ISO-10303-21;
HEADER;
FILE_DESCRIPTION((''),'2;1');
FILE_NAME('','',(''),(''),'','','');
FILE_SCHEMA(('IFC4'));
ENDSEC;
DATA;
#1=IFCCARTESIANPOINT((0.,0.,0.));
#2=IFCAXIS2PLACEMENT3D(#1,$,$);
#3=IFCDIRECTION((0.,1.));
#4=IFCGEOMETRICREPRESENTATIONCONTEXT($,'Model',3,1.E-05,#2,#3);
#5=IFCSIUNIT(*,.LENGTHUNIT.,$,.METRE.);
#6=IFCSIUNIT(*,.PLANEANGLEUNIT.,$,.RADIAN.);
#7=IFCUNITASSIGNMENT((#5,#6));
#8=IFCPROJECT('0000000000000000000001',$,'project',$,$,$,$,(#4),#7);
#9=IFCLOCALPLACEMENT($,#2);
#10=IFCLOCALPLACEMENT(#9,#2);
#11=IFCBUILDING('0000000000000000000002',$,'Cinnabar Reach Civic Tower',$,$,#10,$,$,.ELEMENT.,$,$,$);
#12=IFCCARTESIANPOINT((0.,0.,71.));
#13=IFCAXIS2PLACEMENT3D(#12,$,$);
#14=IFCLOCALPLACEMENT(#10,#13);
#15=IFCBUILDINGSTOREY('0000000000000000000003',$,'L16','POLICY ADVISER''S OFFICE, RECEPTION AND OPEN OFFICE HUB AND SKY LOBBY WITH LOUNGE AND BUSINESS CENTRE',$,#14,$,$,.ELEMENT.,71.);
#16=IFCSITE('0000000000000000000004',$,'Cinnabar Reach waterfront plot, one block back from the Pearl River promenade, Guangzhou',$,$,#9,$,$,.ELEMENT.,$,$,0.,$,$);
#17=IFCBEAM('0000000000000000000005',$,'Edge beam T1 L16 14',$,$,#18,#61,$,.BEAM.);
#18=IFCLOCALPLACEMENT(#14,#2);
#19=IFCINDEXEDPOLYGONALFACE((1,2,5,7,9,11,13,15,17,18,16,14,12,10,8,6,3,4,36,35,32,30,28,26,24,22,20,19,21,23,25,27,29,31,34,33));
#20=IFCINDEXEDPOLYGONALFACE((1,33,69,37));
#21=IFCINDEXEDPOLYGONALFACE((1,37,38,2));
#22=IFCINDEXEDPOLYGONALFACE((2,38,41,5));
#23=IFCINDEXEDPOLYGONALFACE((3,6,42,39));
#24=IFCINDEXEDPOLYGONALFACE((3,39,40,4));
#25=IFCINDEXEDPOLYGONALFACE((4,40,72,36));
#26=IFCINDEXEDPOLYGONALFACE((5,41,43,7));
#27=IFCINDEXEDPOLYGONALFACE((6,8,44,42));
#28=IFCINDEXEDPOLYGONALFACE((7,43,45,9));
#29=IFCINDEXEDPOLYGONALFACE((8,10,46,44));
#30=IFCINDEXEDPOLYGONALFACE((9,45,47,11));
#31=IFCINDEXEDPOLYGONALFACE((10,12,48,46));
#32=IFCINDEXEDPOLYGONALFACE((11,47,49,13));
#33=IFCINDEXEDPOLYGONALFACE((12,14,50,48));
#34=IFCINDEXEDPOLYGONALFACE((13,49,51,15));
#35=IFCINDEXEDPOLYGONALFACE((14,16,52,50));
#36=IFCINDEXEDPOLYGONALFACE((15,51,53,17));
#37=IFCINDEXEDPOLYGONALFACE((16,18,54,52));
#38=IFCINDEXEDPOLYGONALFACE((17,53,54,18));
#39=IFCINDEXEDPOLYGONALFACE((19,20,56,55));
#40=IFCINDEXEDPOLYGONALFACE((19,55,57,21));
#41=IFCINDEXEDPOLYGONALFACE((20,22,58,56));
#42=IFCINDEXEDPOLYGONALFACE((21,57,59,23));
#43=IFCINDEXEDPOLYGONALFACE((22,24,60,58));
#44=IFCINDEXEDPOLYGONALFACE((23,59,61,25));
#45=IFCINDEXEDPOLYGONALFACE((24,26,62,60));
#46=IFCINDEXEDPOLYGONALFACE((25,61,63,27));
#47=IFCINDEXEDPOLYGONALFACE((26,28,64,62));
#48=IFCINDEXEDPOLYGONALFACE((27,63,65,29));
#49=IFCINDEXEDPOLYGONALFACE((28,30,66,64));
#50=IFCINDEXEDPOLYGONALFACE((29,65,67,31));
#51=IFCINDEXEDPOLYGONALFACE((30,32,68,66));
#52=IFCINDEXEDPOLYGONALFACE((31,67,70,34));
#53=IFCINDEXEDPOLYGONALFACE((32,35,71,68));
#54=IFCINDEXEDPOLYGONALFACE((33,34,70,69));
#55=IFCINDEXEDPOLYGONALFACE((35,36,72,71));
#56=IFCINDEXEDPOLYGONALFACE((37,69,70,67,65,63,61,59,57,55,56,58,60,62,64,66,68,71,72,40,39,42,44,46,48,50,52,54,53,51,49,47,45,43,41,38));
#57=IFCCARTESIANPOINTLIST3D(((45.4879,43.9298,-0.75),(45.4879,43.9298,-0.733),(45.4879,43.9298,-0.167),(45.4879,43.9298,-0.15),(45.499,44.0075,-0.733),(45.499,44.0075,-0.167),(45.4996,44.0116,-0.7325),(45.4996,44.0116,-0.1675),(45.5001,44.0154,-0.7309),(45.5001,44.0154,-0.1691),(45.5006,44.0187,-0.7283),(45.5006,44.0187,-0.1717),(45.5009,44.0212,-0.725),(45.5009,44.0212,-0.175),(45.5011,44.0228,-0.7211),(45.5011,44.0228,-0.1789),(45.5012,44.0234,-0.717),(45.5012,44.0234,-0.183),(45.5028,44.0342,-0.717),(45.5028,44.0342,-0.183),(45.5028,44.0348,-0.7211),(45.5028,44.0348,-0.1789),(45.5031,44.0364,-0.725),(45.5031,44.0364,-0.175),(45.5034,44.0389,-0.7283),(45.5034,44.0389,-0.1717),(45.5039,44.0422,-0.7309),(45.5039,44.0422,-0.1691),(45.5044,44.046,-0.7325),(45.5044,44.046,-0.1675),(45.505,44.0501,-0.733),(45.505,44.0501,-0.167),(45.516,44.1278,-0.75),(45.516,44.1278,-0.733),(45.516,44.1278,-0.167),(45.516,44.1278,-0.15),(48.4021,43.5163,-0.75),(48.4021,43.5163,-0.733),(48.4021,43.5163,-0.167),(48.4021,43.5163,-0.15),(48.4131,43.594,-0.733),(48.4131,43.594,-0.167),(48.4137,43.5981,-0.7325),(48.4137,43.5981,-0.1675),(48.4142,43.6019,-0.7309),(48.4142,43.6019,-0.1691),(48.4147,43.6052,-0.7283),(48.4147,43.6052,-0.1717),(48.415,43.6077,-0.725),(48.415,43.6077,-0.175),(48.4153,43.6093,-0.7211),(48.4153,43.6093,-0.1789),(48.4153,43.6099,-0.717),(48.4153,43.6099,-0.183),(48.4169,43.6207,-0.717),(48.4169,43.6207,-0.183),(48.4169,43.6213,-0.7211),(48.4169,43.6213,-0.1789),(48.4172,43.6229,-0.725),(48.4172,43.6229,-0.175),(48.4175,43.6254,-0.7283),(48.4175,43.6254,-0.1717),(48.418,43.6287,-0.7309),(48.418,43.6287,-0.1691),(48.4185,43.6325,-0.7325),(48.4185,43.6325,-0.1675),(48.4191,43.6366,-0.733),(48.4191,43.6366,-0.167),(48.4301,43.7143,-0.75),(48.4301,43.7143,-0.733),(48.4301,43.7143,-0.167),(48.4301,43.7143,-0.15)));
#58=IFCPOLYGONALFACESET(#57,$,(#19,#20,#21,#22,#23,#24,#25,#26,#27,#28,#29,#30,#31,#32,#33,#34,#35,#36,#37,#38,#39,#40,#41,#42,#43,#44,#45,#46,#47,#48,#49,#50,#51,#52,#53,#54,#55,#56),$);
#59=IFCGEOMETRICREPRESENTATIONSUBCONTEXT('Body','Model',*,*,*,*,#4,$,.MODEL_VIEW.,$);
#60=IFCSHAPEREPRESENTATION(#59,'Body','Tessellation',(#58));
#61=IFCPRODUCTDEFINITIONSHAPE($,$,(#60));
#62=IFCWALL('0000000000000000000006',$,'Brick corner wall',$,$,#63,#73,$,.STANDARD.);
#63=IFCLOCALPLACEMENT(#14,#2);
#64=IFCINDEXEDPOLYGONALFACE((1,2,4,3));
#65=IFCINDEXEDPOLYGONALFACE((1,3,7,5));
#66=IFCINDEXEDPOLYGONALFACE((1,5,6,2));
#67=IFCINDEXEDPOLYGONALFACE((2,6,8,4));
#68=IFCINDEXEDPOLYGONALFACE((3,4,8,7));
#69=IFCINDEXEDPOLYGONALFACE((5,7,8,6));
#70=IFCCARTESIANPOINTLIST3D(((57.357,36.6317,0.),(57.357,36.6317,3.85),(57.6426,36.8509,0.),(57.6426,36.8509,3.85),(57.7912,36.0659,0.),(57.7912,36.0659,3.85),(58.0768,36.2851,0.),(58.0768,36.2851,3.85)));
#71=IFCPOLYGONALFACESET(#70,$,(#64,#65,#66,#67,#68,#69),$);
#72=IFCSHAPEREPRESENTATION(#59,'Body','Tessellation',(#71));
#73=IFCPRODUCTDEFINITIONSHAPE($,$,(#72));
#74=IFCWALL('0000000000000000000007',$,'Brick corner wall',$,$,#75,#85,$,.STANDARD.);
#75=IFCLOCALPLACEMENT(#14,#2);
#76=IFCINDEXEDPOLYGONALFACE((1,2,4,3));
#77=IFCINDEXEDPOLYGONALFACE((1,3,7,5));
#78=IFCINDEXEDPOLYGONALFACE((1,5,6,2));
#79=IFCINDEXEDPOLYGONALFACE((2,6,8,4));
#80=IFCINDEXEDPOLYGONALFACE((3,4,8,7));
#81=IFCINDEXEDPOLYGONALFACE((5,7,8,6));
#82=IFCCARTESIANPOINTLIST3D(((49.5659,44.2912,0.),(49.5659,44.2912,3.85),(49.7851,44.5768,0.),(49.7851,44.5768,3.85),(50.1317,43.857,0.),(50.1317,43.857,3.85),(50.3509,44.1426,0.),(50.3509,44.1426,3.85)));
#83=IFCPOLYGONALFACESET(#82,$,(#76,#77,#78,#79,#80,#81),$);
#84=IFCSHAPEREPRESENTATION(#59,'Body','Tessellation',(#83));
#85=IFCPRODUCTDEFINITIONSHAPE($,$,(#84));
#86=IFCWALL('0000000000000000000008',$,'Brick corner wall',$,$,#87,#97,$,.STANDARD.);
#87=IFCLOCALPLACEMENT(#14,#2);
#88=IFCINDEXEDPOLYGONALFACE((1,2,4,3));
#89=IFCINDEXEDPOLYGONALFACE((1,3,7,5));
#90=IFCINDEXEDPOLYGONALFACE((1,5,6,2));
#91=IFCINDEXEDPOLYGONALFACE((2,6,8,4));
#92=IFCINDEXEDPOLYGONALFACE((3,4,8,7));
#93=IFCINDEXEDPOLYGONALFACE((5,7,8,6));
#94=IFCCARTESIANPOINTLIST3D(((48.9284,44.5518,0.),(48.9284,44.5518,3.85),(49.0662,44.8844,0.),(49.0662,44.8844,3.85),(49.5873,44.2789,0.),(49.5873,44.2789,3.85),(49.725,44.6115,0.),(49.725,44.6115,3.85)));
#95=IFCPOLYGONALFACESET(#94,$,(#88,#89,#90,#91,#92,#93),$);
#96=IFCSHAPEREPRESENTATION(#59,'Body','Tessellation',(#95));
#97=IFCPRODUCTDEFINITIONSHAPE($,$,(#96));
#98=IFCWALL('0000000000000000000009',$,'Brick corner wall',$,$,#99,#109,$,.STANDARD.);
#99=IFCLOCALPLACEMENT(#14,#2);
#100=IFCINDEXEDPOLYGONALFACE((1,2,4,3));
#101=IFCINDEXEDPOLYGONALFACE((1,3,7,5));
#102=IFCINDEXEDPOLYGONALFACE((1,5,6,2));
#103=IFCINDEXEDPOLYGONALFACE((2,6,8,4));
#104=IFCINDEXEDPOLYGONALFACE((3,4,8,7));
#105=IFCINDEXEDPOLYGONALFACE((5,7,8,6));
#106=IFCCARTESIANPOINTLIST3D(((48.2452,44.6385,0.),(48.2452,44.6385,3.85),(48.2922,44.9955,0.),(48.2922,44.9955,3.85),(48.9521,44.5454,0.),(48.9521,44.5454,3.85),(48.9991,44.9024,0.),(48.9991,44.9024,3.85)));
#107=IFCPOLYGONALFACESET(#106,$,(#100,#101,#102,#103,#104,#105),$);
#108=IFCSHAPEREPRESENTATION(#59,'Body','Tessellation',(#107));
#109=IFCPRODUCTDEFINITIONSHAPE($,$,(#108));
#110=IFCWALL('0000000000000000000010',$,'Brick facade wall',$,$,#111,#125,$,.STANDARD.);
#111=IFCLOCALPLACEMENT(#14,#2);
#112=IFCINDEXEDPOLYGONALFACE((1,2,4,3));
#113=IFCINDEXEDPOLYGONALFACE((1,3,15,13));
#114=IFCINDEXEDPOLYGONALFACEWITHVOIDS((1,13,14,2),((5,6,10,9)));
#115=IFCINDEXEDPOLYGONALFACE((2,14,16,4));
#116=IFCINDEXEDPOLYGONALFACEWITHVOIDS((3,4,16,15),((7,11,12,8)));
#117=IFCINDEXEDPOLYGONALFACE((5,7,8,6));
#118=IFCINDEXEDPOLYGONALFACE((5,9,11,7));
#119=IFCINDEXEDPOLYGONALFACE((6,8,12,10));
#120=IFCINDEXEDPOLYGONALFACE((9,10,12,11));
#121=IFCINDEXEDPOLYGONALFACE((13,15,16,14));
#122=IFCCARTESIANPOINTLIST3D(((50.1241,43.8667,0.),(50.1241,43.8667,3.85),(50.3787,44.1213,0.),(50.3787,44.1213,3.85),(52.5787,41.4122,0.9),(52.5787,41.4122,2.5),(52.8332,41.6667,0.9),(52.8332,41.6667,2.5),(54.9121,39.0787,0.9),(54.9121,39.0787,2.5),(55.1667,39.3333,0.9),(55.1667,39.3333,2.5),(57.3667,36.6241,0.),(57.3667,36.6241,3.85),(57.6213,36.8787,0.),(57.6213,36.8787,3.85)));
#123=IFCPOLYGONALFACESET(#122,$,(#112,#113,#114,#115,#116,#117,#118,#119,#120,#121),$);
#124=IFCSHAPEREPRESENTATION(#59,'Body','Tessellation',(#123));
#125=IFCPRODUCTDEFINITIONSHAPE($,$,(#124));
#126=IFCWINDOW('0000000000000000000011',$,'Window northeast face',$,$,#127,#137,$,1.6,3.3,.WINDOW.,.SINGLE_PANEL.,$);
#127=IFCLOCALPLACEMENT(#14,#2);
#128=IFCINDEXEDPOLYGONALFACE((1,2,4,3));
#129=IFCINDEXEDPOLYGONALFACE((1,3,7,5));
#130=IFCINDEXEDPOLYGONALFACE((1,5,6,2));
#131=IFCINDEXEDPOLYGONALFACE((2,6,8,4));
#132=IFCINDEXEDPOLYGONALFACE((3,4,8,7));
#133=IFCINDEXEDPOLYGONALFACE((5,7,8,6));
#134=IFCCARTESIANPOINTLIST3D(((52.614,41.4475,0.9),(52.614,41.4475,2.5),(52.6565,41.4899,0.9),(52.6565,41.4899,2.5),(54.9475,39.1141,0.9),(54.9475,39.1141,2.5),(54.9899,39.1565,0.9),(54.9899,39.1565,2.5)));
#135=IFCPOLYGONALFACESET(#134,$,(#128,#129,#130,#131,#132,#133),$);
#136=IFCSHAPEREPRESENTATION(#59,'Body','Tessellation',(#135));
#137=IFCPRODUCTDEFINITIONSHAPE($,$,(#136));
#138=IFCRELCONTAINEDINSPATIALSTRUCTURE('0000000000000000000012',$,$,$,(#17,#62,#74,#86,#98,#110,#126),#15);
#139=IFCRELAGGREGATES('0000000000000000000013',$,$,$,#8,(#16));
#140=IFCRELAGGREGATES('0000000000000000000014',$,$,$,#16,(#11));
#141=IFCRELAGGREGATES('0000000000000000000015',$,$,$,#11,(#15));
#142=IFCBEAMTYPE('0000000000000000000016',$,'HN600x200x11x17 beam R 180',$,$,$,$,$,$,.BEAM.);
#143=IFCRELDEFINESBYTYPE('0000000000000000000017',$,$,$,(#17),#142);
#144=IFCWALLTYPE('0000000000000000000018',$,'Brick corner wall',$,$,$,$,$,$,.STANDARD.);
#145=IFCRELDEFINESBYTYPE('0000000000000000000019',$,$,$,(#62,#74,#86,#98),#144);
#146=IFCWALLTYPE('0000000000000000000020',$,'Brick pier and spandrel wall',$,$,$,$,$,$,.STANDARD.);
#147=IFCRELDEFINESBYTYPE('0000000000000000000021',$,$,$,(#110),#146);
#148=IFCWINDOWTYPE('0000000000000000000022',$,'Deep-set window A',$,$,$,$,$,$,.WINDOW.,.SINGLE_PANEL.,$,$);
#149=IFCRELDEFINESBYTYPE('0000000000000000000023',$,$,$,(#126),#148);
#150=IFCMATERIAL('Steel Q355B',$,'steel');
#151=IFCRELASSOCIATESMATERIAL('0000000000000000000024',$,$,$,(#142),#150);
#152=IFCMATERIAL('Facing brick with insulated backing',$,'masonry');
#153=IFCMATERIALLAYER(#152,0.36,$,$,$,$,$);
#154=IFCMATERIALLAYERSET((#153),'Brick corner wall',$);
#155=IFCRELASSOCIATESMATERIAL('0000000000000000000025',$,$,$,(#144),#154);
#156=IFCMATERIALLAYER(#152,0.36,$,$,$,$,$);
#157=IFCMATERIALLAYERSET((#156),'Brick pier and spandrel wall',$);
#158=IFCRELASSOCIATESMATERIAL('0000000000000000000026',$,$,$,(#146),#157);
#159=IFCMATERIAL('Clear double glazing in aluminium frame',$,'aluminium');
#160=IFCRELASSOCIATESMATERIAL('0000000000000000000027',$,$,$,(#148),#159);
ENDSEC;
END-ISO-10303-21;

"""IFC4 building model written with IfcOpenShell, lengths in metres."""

from ifc_helpers import new_model, si_unit, direction, frame, frame_2d, origin, origin_2d, place, context, subcontext, project, spatial, rectangle, i_section, extrude, material, layer, layer_set, material_profile, profile_set, type_object, element, fill, save


model = new_model("IFC4")

# Units and contexts
model_context = context("Model", 3, precision=1e-05, world=origin(), true_north=direction((0.0, 1.0)))
body_context = subcontext(model_context, "Body", "Model", "MODEL_VIEW")
ifc_project = project(units=[si_unit("LENGTHUNIT", "METRE"), si_unit("PLANEANGLEUNIT", "RADIAN")], contexts=[model_context])

# Site, building, storey
site_placement = place(None, origin())
site = spatial("IfcSite", under=ifc_project, at=site_placement, Name="Cinnabar Reach waterfront plot, one block back from the Pearl River promenade, Guangzhou", CompositionType="ELEMENT", RefElevation=0.0)
building_placement = place(site_placement, origin())
building = spatial("IfcBuilding", under=site, at=building_placement, Name="Cinnabar Reach Civic Tower", CompositionType="ELEMENT")
storey_placement = place(building_placement, frame((0.0, 0.0, 71.0)))
storey = spatial("IfcBuildingStorey", under=building, at=storey_placement, Name="L16", Description="POLICY ADVISER'S OFFICE, RECEPTION AND OPEN OFFICE HUB AND SKY LOBBY WITH LOUNGE AND BUSINESS CENTRE", CompositionType="ELEMENT", Elevation=71.0)

# Beam
ifc_material_1 = material(Name="Steel Q355B", Category="steel")
ifc_material_profile_1 = material_profile(ifc_material_1, i_section(OverallWidth=0.2, OverallDepth=0.6, WebThickness=0.011, FlangeThickness=0.017, FilletRadius=0.016, at=origin_2d()), Name="HN600x200x11x17")
ifc_profile_set_1 = profile_set([ifc_material_profile_1], Name="Steel Q355B")
beam_type_1 = type_object("IfcBeamType", Name="HN600x200x11x17 beam R 180", PredefinedType="BEAM", material=ifc_profile_set_1)
beam_1_placement = place(storey_placement, frame((48.4161, 43.6153, -0.45), z_axis=(-0.990082, 0.140489, 0.0), x_axis=(-0.140489, -0.990082, 0.0)))
element("IfcBeam", 1, at=beam_1_placement, inside=storey, type_object=beam_type_1, Name="Edge beam T1 L16 14", PredefinedType="BEAM", context=body_context, shape_type="SweptSolid", body=[
    extrude(i_section(OverallWidth=0.2, OverallDepth=0.6, WebThickness=0.011, FlangeThickness=0.017, FilletRadius=0.016, at=origin_2d()), origin(), (0.0, 0.0, 1.0), 2.9433),
])

# Walls
ifc_material_2 = material(Name="Facing brick with insulated backing", Category="masonry")
ifc_layer_1 = layer(ifc_material_2, 0.36)
ifc_layer_set_1 = layer_set([ifc_layer_1], Name="Brick corner wall")
wall_type_1 = type_object("IfcWallType", Name="Brick corner wall", PredefinedType="STANDARD", material=ifc_layer_set_1)
for number, where, z_axis, x_axis, name in (
    (2, (57.934, 36.1755, 0.0), (0.0, 0.0, 1.0), (-0.608802, 0.793322, 0.0), "Brick corner wall"),
    (3, (50.2413, 43.9998, 0.0), (0.0, 0.0, 1.0), (-0.793322, 0.608802, 0.0), "Brick corner wall"),
):
    element("IfcWall", number, at=place(storey_placement, frame(where, z_axis=z_axis, x_axis=x_axis)), inside=storey, type_object=wall_type_1, Name=name, PredefinedType="STANDARD", context=body_context, shape_type="SweptSolid", body=[
        extrude(rectangle(XDim=0.7132, YDim=0.36, at=frame_2d((0.3566, 0.0))), origin(), (0.0, 0.0, 1.0), 3.85),
    ])
for number, where, z_axis, x_axis, name in (
    (4, (49.6561, 44.4452, 0.0), (0.0, 0.0, 1.0), (-0.923872, 0.382703, 0.0), "Brick corner wall"),
    (5, (48.9756, 44.7239, 0.0), (0.0, 0.0, 1.0), (-0.991441, 0.130556, 0.0), "Brick corner wall"),
):
    element("IfcWall", number, at=place(storey_placement, frame(where, z_axis=z_axis, x_axis=x_axis)), inside=storey, type_object=wall_type_1, Name=name, PredefinedType="STANDARD", context=body_context, shape_type="SweptSolid", body=[
        extrude(rectangle(XDim=0.7131, YDim=0.36, at=frame_2d((0.3565, 0.0))), origin(), (0.0, 0.0, 1.0), 3.85),
    ])

# Wall, opening, window
ifc_layer_2 = layer(ifc_material_2, 0.36)
ifc_layer_set_2 = layer_set([ifc_layer_2], Name="Brick pier and spandrel wall")
wall_type_2 = type_object("IfcWallType", Name="Brick pier and spandrel wall", PredefinedType="STANDARD", material=ifc_layer_set_2)
wall_placement = place(storey_placement, frame((57.494, 36.7514, 0.0), z_axis=(0.0, 0.0, 1.0), x_axis=(-0.707107, 0.707107, 0.0)))
wall = element("IfcWall", 6, at=wall_placement, inside=storey, type_object=wall_type_2, Name="Brick facade wall", PredefinedType="STANDARD", context=body_context, shape_type="SweptSolid", body=[
    extrude(rectangle(XDim=10.2426, YDim=0.36, at=frame_2d((5.1213, 0.0))), origin(), (0.0, 0.0, 1.0), 3.85),
])
opening_placement = place(wall_placement, frame((3.4713, 0.0, 0.9)))
opening = element("IfcOpeningElement", 7, at=opening_placement, cuts=wall, PredefinedType="OPENING", context=body_context, shape_type="SweptSolid", body=[
    extrude(rectangle(XDim=3.3, YDim=1.6, at=frame_2d((1.65, 0.8))), frame((0.0, 0.19, 0.0), z_axis=(0.0, -1.0, 0.0), x_axis=(1.0, 0.0, 0.0)), (0.0, 0.0, 1.0), 0.38),
])
ifc_material_3 = material(Name="Clear double glazing in aluminium frame", Category="aluminium")
window_type = type_object("IfcWindowType", Name="Deep-set window A", PartitioningType="SINGLE_PANEL", PredefinedType="WINDOW", material=ifc_material_3)
window_placement = place(opening_placement, origin())
window = element("IfcWindow", 8, at=window_placement, inside=storey, type_object=window_type, Name="Window northeast face", OverallHeight=1.6, OverallWidth=3.3, PartitioningType="SINGLE_PANEL", PredefinedType="WINDOW", context=body_context, shape_type="SweptSolid", body=[
    extrude(rectangle(XDim=3.3, YDim=1.6, at=frame_2d((1.65, 0.8))), frame((0.0, 0.13, 0.0), z_axis=(0.0, -1.0, 0.0), x_axis=(1.0, 0.0, 0.0)), (0.0, 0.0, 1.0), 0.06),
])
fill(opening, window)

save(model, "model.ifc")
